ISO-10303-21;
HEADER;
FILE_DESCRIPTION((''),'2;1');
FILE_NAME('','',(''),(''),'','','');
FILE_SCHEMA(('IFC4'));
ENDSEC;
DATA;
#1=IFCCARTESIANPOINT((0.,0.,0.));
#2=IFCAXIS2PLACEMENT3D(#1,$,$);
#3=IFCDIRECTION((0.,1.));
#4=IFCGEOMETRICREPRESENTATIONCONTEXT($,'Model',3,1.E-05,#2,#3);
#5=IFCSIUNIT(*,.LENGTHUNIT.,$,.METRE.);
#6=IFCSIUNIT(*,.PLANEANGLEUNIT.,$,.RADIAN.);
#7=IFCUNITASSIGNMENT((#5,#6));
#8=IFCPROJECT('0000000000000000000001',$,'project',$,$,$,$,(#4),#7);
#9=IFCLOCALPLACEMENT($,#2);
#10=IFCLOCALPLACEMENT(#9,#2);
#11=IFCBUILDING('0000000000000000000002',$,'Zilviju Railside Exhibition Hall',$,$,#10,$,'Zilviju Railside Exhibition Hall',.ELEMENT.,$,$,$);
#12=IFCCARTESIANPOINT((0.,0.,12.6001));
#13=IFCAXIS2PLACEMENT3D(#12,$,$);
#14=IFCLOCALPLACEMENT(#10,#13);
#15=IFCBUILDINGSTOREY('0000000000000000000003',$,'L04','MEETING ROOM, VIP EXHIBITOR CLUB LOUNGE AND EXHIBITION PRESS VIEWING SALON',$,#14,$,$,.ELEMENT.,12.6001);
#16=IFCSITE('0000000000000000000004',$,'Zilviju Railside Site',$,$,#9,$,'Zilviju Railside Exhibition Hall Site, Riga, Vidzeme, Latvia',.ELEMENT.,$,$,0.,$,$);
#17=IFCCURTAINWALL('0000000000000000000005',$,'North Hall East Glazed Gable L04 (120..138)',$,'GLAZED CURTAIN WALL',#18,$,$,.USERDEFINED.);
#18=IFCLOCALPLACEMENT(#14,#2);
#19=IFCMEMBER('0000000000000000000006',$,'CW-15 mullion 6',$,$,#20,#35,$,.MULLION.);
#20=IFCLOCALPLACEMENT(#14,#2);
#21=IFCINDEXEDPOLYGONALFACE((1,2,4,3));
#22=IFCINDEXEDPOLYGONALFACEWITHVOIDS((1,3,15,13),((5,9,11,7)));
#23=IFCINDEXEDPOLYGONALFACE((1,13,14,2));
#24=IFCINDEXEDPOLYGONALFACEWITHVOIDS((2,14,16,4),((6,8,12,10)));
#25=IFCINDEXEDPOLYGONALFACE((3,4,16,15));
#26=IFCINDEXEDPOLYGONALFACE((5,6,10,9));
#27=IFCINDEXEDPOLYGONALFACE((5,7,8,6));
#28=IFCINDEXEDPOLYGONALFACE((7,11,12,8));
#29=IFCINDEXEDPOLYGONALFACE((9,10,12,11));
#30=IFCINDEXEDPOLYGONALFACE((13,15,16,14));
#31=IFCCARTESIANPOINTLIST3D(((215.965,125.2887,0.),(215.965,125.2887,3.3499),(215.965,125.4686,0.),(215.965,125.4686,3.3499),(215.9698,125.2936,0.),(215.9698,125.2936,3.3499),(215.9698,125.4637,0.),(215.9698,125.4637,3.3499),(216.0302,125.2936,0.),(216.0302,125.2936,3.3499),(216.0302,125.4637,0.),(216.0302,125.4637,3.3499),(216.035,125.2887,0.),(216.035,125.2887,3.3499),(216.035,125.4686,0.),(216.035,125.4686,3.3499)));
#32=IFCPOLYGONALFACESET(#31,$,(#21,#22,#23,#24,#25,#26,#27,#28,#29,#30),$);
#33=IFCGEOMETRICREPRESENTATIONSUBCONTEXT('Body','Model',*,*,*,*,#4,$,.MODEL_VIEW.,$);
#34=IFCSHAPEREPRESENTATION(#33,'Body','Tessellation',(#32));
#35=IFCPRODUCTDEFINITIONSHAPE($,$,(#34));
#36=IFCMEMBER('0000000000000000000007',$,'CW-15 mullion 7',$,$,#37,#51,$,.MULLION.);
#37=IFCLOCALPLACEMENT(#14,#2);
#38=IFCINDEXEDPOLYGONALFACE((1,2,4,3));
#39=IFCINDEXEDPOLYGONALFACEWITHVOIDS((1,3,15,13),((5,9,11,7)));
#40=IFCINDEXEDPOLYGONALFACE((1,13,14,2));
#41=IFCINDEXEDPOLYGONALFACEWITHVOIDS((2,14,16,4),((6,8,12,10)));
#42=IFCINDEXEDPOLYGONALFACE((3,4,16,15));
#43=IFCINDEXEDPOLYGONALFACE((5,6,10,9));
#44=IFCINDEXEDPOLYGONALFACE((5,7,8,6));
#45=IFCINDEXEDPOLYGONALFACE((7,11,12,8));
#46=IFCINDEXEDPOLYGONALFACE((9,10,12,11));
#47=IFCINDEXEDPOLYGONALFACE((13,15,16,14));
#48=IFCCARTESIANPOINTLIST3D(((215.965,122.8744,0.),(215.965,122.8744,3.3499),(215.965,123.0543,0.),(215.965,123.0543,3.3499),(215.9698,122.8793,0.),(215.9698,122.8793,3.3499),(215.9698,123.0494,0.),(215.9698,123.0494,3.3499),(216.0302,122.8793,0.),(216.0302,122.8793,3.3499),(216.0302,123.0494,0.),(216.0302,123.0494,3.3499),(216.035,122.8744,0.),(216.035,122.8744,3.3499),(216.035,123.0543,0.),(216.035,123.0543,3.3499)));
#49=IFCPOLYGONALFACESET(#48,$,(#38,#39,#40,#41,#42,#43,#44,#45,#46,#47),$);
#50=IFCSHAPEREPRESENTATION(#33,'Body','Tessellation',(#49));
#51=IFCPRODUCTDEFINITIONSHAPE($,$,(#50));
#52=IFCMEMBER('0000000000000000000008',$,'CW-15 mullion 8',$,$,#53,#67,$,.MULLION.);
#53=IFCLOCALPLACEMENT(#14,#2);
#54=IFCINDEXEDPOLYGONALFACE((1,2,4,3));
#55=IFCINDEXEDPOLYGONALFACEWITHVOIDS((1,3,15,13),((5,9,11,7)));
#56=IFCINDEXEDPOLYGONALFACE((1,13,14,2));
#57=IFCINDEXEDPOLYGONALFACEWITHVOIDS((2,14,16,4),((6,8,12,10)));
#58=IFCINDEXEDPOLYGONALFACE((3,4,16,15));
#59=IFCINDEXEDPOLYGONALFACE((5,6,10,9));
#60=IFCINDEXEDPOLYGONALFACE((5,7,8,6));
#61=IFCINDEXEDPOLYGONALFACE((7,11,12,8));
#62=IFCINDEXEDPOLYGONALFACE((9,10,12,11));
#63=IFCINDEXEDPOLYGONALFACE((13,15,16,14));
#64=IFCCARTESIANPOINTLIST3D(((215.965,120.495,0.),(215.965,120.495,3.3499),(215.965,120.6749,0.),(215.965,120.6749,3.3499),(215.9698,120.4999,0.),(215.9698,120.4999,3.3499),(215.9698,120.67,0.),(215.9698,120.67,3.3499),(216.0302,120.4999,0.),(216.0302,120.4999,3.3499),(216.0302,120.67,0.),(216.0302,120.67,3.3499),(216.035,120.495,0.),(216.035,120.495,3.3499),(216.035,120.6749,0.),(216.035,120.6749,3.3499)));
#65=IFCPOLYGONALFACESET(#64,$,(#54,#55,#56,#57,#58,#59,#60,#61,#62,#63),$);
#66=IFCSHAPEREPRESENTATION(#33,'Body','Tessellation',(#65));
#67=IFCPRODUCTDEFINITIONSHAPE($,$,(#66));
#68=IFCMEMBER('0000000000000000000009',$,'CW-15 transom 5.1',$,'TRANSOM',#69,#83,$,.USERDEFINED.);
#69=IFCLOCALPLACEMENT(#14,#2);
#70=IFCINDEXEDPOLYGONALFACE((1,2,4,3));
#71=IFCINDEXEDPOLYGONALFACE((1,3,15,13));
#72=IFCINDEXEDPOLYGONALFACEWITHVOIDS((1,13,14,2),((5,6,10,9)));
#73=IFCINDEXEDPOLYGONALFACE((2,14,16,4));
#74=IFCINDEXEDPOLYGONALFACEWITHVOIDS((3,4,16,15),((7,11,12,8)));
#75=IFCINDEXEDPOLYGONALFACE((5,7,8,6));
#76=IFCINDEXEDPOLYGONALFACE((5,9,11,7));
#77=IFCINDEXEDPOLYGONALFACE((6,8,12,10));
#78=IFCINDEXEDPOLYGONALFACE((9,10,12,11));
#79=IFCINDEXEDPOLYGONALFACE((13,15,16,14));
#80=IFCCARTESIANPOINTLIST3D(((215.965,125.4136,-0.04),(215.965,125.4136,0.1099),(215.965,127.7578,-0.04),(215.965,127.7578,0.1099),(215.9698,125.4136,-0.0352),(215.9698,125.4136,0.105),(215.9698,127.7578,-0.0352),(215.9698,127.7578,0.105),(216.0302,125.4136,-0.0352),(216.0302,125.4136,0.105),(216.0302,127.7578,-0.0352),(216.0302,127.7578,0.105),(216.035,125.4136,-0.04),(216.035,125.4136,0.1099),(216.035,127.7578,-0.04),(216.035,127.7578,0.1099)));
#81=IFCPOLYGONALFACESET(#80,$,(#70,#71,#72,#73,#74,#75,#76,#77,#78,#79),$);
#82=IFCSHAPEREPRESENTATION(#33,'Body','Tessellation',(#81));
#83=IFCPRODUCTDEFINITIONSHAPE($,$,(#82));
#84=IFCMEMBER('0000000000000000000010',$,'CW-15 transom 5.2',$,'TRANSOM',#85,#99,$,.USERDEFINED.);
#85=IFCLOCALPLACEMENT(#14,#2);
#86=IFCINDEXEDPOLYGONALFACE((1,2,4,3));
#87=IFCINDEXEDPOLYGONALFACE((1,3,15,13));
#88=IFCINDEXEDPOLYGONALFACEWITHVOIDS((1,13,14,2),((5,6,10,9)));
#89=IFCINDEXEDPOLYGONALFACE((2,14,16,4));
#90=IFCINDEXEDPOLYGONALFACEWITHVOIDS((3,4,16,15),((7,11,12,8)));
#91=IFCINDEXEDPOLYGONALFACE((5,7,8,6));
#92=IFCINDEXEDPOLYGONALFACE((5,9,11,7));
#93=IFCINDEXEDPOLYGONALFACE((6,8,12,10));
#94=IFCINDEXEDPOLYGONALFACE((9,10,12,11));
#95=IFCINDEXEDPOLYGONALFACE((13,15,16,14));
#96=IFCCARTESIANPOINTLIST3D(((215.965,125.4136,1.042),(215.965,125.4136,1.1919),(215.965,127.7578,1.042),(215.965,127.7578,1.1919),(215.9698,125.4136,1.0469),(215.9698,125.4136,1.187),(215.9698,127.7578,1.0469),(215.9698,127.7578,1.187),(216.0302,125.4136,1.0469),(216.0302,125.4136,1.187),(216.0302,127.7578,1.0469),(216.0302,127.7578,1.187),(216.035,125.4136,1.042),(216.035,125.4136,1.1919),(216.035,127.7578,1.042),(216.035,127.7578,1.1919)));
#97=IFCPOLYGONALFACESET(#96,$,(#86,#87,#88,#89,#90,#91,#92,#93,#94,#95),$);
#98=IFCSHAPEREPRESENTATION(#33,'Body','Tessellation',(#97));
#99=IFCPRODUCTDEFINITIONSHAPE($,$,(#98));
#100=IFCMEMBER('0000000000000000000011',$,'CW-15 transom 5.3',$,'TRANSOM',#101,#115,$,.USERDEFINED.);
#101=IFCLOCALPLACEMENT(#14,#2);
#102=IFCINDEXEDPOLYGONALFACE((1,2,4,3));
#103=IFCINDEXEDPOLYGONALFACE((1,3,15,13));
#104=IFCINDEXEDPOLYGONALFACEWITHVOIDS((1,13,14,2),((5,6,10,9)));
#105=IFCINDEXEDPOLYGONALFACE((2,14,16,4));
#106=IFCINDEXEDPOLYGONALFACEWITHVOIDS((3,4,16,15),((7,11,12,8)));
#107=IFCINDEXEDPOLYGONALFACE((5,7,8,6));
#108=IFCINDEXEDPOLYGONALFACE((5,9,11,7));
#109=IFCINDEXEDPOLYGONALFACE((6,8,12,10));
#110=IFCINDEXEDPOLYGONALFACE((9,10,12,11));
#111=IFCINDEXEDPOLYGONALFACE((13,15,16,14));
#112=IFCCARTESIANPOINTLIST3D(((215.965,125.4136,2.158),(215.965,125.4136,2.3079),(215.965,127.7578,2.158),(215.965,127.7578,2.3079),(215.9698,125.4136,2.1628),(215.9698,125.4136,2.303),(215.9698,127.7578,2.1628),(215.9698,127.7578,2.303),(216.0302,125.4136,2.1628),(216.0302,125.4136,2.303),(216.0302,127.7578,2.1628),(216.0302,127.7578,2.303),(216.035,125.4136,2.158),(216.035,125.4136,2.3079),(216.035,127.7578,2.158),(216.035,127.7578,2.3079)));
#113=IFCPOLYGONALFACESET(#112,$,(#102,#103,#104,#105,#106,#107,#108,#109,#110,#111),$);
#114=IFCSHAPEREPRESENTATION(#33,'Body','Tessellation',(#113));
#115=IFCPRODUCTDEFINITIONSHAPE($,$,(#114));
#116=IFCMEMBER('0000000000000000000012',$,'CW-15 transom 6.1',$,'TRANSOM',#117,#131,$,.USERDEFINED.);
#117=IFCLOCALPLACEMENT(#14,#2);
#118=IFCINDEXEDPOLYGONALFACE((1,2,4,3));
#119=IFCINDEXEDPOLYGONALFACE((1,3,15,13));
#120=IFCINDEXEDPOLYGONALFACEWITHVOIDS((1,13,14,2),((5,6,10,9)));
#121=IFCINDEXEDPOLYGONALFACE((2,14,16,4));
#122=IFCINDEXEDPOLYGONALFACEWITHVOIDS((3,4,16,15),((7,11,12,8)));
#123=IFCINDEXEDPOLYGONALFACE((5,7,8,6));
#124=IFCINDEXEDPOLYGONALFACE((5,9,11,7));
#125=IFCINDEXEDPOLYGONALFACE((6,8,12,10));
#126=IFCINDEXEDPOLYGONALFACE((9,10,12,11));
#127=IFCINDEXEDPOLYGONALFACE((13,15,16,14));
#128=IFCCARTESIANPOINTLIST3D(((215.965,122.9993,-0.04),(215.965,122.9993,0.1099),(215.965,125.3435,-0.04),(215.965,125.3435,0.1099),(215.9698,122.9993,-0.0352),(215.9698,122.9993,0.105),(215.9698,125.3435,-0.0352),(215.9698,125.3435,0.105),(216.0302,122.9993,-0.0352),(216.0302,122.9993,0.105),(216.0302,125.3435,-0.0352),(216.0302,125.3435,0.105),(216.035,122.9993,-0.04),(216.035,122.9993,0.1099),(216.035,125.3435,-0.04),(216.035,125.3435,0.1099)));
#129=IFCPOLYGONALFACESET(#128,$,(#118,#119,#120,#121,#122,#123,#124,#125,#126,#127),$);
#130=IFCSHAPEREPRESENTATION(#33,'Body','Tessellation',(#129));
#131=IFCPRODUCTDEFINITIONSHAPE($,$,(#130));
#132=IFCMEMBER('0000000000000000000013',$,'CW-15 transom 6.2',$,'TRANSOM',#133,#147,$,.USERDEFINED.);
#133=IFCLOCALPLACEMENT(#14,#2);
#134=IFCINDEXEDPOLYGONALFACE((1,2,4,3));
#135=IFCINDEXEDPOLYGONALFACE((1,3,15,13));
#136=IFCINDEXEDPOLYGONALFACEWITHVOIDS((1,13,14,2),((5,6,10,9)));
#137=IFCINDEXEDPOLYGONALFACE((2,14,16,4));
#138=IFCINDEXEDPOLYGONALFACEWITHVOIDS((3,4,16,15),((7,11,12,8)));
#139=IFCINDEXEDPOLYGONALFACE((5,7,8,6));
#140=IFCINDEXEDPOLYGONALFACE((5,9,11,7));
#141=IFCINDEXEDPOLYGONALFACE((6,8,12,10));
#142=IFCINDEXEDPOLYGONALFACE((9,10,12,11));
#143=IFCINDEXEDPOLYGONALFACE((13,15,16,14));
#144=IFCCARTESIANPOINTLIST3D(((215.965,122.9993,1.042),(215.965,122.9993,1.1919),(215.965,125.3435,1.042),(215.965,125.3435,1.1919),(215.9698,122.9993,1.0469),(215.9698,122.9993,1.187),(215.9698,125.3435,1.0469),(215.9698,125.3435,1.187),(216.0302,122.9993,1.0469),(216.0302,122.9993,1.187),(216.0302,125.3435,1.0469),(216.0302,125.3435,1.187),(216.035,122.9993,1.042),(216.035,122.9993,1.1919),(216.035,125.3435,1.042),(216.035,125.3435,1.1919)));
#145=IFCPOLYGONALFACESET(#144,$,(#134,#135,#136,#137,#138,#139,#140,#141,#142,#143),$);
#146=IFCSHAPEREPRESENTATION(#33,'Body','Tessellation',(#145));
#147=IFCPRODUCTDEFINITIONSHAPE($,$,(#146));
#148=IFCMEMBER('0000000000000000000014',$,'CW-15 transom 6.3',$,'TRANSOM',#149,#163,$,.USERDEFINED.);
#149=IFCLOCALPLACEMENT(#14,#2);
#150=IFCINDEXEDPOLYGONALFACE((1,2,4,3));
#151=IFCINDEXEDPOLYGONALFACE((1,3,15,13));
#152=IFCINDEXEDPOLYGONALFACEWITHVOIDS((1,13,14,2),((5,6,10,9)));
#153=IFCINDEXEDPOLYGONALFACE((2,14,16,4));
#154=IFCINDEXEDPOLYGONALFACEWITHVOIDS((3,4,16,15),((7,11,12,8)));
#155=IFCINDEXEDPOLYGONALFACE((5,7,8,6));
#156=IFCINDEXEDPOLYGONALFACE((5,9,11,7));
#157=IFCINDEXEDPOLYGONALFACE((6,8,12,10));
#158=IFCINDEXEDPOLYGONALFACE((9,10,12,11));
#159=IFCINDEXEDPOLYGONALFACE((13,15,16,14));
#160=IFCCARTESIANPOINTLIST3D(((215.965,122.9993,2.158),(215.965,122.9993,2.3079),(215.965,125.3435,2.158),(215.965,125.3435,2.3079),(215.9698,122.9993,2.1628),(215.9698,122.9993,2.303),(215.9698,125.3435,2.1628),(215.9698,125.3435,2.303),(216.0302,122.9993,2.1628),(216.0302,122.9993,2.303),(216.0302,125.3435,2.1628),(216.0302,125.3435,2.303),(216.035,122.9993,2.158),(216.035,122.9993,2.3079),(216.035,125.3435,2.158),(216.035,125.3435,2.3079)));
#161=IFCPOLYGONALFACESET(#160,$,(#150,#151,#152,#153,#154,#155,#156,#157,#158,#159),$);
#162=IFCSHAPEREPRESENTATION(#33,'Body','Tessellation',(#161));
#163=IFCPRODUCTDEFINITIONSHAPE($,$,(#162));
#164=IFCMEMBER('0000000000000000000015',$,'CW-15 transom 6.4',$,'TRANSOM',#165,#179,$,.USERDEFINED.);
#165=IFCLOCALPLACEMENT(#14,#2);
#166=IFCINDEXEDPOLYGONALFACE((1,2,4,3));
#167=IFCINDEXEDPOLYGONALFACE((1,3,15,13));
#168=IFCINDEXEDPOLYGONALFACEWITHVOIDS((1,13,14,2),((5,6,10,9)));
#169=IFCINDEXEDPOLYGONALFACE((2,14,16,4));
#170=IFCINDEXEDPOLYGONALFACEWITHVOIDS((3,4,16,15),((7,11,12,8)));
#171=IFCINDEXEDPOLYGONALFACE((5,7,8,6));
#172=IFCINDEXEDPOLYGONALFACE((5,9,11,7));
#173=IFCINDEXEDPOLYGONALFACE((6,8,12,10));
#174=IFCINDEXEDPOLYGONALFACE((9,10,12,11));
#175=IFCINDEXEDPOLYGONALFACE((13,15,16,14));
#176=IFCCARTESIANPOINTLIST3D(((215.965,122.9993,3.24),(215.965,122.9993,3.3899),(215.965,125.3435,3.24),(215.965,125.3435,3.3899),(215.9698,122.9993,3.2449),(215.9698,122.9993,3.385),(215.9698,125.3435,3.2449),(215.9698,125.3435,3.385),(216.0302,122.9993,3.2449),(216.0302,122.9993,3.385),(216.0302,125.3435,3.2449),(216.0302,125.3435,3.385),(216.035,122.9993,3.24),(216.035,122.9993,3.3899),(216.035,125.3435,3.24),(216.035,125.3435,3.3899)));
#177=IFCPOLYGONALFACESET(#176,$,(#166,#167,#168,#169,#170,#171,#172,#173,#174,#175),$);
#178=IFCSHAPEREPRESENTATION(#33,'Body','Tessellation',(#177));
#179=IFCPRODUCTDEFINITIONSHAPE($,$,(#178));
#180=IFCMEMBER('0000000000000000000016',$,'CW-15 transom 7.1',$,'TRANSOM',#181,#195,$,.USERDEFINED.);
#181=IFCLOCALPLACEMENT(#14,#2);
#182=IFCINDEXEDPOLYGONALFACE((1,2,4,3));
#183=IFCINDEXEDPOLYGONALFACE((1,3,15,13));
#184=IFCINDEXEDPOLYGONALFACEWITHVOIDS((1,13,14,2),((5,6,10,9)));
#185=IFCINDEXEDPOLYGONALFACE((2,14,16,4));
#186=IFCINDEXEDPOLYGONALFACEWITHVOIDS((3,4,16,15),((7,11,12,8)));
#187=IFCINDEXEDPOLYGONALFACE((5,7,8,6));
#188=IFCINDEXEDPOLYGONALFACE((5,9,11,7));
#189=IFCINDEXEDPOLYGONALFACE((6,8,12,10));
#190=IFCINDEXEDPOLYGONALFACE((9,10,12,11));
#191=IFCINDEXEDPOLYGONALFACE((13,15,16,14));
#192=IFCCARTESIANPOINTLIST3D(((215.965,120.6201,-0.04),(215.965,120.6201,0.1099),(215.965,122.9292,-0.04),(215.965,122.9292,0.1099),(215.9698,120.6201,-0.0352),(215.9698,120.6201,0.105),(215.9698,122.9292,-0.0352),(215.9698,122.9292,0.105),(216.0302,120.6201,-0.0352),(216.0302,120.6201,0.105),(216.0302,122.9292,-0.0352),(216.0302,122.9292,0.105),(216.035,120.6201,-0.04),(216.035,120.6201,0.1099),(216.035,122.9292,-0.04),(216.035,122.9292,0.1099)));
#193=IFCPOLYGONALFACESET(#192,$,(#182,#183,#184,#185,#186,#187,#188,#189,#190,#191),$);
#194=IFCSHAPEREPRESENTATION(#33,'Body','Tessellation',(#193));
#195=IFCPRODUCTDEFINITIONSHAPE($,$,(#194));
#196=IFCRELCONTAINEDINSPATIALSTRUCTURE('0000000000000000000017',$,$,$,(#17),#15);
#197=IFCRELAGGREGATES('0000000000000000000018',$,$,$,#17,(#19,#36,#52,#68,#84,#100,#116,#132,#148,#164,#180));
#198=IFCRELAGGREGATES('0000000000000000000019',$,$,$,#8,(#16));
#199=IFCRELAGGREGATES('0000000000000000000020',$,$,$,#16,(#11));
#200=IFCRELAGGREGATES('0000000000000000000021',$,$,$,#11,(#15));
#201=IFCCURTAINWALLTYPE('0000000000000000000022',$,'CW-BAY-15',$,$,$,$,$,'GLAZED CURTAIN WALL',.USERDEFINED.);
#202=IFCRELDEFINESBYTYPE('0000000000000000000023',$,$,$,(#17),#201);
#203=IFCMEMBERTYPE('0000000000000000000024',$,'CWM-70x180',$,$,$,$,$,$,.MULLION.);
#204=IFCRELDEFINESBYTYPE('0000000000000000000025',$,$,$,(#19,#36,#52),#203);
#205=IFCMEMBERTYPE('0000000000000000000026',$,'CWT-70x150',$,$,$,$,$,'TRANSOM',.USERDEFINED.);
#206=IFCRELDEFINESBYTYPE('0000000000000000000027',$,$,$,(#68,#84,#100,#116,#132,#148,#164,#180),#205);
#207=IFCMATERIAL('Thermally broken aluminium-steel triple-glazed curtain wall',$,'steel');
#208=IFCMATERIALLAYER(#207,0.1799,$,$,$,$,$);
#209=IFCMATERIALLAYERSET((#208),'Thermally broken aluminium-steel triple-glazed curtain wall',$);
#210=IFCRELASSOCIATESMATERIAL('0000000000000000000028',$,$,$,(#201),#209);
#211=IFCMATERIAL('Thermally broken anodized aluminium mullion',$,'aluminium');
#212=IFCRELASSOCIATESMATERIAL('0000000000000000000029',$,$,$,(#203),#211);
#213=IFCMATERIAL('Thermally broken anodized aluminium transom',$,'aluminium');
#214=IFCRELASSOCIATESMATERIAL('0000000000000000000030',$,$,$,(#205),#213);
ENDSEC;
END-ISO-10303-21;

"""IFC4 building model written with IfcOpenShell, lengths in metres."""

from ifc_helpers import new_model, si_unit, direction, frame, origin, origin_2d, place, context, subcontext, project, spatial, hollow_rectangle, extrude, material, layer, layer_set, material_profile, profile_set, type_object, element, aggregate, save


model = new_model("IFC4")

# Units and contexts
model_context = context("Model", 3, precision=1e-05, world=origin(), true_north=direction((0.0, 1.0)))
body_context = subcontext(model_context, "Body", "Model", "MODEL_VIEW")
ifc_project = project(units=[si_unit("LENGTHUNIT", "METRE"), si_unit("PLANEANGLEUNIT", "RADIAN")], contexts=[model_context])

# Site, building, storey
site_placement = place(None, origin())
site = spatial("IfcSite", under=ifc_project, at=site_placement, Name="Zilviju Railside Site", LongName="Zilviju Railside Exhibition Hall Site, Riga, Vidzeme, Latvia", CompositionType="ELEMENT", RefElevation=0.0)
building_placement = place(site_placement, origin())
building = spatial("IfcBuilding", under=site, at=building_placement, Name="Zilviju Railside Exhibition Hall", LongName="Zilviju Railside Exhibition Hall", CompositionType="ELEMENT")
storey_placement = place(building_placement, frame((0.0, 0.0, 12.6001)))
storey = spatial("IfcBuildingStorey", under=building, at=storey_placement, Name="L04", Description="MEETING ROOM, VIP EXHIBITOR CLUB LOUNGE AND EXHIBITION PRESS VIEWING SALON", CompositionType="ELEMENT", Elevation=12.6001)

# Curtain wall, members
ifc_material_1 = material(Name="Thermally broken aluminium-steel triple-glazed curtain wall", Category="steel")
ifc_layer_1 = layer(ifc_material_1, 0.1799)
ifc_layer_set_1 = layer_set([ifc_layer_1], Name="Thermally broken aluminium-steel triple-glazed curtain wall")
curtain_wall_type = type_object("IfcCurtainWallType", Name="CW-BAY-15", ElementType="GLAZED CURTAIN WALL", PredefinedType="USERDEFINED", material=ifc_layer_set_1)
curtain_wall_placement = place(storey_placement, origin())
curtain_wall = element("IfcCurtainWall", 1, at=curtain_wall_placement, inside=storey, type_object=curtain_wall_type, Name="North Hall East Glazed Gable L04 (120..138)", ObjectType="GLAZED CURTAIN WALL", PredefinedType="USERDEFINED")
ifc_material_2 = material(Name="Thermally broken anodized aluminium mullion", Category="aluminium")
ifc_material_profile_1 = material_profile(ifc_material_2, hollow_rectangle(XDim=0.0701, YDim=0.1799, WallThickness=0.0049, at=origin_2d()), Name="MULLION 180x70x5")
ifc_profile_set_1 = profile_set([ifc_material_profile_1], Name="Thermally broken anodized aluminium mullion")
member_type_1 = type_object("IfcMemberType", Name="CWM-70x180", PredefinedType="MULLION", material=ifc_profile_set_1)
member_1_placement = place(storey_placement, frame((216.0, 125.3787, 0.0), z_axis=(0.0, 0.0, 1.0), x_axis=(1.0, 0.0, 0.0)))
member_1 = element("IfcMember", 2, at=member_1_placement, type_object=member_type_1, Name="CW-15 mullion 6", PredefinedType="MULLION", context=body_context, shape_type="SweptSolid", body=[
    extrude(hollow_rectangle(XDim=0.0701, YDim=0.1799, WallThickness=0.0049, at=origin_2d()), origin(), (0.0, 0.0, 1.0), 3.3499),
])
member_2_placement = place(storey_placement, frame((216.0, 122.9644, 0.0), z_axis=(0.0, 0.0, 1.0), x_axis=(1.0, 0.0, 0.0)))
member_2 = element("IfcMember", 3, at=member_2_placement, type_object=member_type_1, Name="CW-15 mullion 7", PredefinedType="MULLION", context=body_context, shape_type="SweptSolid", body=[
    extrude(hollow_rectangle(XDim=0.0701, YDim=0.1799, WallThickness=0.0049, at=origin_2d()), origin(), (0.0, 0.0, 1.0), 3.3499),
])
member_3_placement = place(storey_placement, frame((216.0, 120.585, 0.0), z_axis=(0.0, 0.0, 1.0), x_axis=(1.0, 0.0, 0.0)))
member_3 = element("IfcMember", 4, at=member_3_placement, type_object=member_type_1, Name="CW-15 mullion 8", PredefinedType="MULLION", context=body_context, shape_type="SweptSolid", body=[
    extrude(hollow_rectangle(XDim=0.0701, YDim=0.1799, WallThickness=0.0049, at=origin_2d()), origin(), (0.0, 0.0, 1.0), 3.3499),
])
ifc_material_3 = material(Name="Thermally broken anodized aluminium transom", Category="aluminium")
ifc_material_profile_2 = material_profile(ifc_material_3, hollow_rectangle(XDim=0.0701, YDim=0.1499, WallThickness=0.0049, at=origin_2d()), Name="TRANSOM 150x70x5")
ifc_profile_set_2 = profile_set([ifc_material_profile_2], Name="Thermally broken anodized aluminium transom")
member_type_2 = type_object("IfcMemberType", Name="CWT-70x150", ElementType="TRANSOM", PredefinedType="USERDEFINED", material=ifc_profile_set_2)
member_4_placement = place(storey_placement, frame((216.0, 127.7578, 0.0349), z_axis=(0.0, -1.0, 0.0), x_axis=(1.0, 0.0, 0.0)))
member_4 = element("IfcMember", 5, at=member_4_placement, type_object=member_type_2, Name="CW-15 transom 5.1", ObjectType="TRANSOM", PredefinedType="USERDEFINED", context=body_context, shape_type="SweptSolid", body=[
    extrude(hollow_rectangle(XDim=0.0701, YDim=0.1499, WallThickness=0.0049, at=origin_2d()), origin(), (0.0, 0.0, 1.0), 2.3442),
])
member_5_placement = place(storey_placement, frame((216.0, 127.7578, 1.1169), z_axis=(0.0, -1.0, 0.0), x_axis=(1.0, 0.0, 0.0)))
member_5 = element("IfcMember", 6, at=member_5_placement, type_object=member_type_2, Name="CW-15 transom 5.2", ObjectType="TRANSOM", PredefinedType="USERDEFINED", context=body_context, shape_type="SweptSolid", body=[
    extrude(hollow_rectangle(XDim=0.0701, YDim=0.1499, WallThickness=0.0049, at=origin_2d()), origin(), (0.0, 0.0, 1.0), 2.3442),
])
member_6_placement = place(storey_placement, frame((216.0, 127.7578, 2.2329), z_axis=(0.0, -1.0, 0.0), x_axis=(1.0, 0.0, 0.0)))
member_6 = element("IfcMember", 7, at=member_6_placement, type_object=member_type_2, Name="CW-15 transom 5.3", ObjectType="TRANSOM", PredefinedType="USERDEFINED", context=body_context, shape_type="SweptSolid", body=[
    extrude(hollow_rectangle(XDim=0.0701, YDim=0.1499, WallThickness=0.0049, at=origin_2d()), origin(), (0.0, 0.0, 1.0), 2.3442),
])
member_7_placement = place(storey_placement, frame((216.0, 125.3435, 0.0349), z_axis=(0.0, -1.0, 0.0), x_axis=(1.0, 0.0, 0.0)))
member_7 = element("IfcMember", 8, at=member_7_placement, type_object=member_type_2, Name="CW-15 transom 6.1", ObjectType="TRANSOM", PredefinedType="USERDEFINED", context=body_context, shape_type="SweptSolid", body=[
    extrude(hollow_rectangle(XDim=0.0701, YDim=0.1499, WallThickness=0.0049, at=origin_2d()), origin(), (0.0, 0.0, 1.0), 2.3442),
])
member_8_placement = place(storey_placement, frame((216.0, 125.3435, 1.1169), z_axis=(0.0, -1.0, 0.0), x_axis=(1.0, 0.0, 0.0)))
member_8 = element("IfcMember", 9, at=member_8_placement, type_object=member_type_2, Name="CW-15 transom 6.2", ObjectType="TRANSOM", PredefinedType="USERDEFINED", context=body_context, shape_type="SweptSolid", body=[
    extrude(hollow_rectangle(XDim=0.0701, YDim=0.1499, WallThickness=0.0049, at=origin_2d()), origin(), (0.0, 0.0, 1.0), 2.3442),
])
member_9_placement = place(storey_placement, frame((216.0, 125.3435, 2.2329), z_axis=(0.0, -1.0, 0.0), x_axis=(1.0, 0.0, 0.0)))
member_9 = element("IfcMember", 10, at=member_9_placement, type_object=member_type_2, Name="CW-15 transom 6.3", ObjectType="TRANSOM", PredefinedType="USERDEFINED", context=body_context, shape_type="SweptSolid", body=[
    extrude(hollow_rectangle(XDim=0.0701, YDim=0.1499, WallThickness=0.0049, at=origin_2d()), origin(), (0.0, 0.0, 1.0), 2.3442),
])
member_10_placement = place(storey_placement, frame((216.0, 125.3435, 3.3149), z_axis=(0.0, -1.0, 0.0), x_axis=(1.0, 0.0, 0.0)))
member_10 = element("IfcMember", 11, at=member_10_placement, type_object=member_type_2, Name="CW-15 transom 6.4", ObjectType="TRANSOM", PredefinedType="USERDEFINED", context=body_context, shape_type="SweptSolid", body=[
    extrude(hollow_rectangle(XDim=0.0701, YDim=0.1499, WallThickness=0.0049, at=origin_2d()), origin(), (0.0, 0.0, 1.0), 2.3442),
])
member_11_placement = place(storey_placement, frame((216.0, 122.9292, 0.0349), z_axis=(0.0, -1.0, 0.0), x_axis=(1.0, 0.0, 0.0)))
member_11 = element("IfcMember", 12, at=member_11_placement, type_object=member_type_2, Name="CW-15 transom 7.1", ObjectType="TRANSOM", PredefinedType="USERDEFINED", context=body_context, shape_type="SweptSolid", body=[
    extrude(hollow_rectangle(XDim=0.0701, YDim=0.1499, WallThickness=0.0049, at=origin_2d()), origin(), (0.0, 0.0, 1.0), 2.3091),
])
aggregate(curtain_wall, [member_1, member_2, member_3, member_4, member_5, member_6, member_7, member_8, member_9, member_10, member_11])

save(model, "model.ifc")
